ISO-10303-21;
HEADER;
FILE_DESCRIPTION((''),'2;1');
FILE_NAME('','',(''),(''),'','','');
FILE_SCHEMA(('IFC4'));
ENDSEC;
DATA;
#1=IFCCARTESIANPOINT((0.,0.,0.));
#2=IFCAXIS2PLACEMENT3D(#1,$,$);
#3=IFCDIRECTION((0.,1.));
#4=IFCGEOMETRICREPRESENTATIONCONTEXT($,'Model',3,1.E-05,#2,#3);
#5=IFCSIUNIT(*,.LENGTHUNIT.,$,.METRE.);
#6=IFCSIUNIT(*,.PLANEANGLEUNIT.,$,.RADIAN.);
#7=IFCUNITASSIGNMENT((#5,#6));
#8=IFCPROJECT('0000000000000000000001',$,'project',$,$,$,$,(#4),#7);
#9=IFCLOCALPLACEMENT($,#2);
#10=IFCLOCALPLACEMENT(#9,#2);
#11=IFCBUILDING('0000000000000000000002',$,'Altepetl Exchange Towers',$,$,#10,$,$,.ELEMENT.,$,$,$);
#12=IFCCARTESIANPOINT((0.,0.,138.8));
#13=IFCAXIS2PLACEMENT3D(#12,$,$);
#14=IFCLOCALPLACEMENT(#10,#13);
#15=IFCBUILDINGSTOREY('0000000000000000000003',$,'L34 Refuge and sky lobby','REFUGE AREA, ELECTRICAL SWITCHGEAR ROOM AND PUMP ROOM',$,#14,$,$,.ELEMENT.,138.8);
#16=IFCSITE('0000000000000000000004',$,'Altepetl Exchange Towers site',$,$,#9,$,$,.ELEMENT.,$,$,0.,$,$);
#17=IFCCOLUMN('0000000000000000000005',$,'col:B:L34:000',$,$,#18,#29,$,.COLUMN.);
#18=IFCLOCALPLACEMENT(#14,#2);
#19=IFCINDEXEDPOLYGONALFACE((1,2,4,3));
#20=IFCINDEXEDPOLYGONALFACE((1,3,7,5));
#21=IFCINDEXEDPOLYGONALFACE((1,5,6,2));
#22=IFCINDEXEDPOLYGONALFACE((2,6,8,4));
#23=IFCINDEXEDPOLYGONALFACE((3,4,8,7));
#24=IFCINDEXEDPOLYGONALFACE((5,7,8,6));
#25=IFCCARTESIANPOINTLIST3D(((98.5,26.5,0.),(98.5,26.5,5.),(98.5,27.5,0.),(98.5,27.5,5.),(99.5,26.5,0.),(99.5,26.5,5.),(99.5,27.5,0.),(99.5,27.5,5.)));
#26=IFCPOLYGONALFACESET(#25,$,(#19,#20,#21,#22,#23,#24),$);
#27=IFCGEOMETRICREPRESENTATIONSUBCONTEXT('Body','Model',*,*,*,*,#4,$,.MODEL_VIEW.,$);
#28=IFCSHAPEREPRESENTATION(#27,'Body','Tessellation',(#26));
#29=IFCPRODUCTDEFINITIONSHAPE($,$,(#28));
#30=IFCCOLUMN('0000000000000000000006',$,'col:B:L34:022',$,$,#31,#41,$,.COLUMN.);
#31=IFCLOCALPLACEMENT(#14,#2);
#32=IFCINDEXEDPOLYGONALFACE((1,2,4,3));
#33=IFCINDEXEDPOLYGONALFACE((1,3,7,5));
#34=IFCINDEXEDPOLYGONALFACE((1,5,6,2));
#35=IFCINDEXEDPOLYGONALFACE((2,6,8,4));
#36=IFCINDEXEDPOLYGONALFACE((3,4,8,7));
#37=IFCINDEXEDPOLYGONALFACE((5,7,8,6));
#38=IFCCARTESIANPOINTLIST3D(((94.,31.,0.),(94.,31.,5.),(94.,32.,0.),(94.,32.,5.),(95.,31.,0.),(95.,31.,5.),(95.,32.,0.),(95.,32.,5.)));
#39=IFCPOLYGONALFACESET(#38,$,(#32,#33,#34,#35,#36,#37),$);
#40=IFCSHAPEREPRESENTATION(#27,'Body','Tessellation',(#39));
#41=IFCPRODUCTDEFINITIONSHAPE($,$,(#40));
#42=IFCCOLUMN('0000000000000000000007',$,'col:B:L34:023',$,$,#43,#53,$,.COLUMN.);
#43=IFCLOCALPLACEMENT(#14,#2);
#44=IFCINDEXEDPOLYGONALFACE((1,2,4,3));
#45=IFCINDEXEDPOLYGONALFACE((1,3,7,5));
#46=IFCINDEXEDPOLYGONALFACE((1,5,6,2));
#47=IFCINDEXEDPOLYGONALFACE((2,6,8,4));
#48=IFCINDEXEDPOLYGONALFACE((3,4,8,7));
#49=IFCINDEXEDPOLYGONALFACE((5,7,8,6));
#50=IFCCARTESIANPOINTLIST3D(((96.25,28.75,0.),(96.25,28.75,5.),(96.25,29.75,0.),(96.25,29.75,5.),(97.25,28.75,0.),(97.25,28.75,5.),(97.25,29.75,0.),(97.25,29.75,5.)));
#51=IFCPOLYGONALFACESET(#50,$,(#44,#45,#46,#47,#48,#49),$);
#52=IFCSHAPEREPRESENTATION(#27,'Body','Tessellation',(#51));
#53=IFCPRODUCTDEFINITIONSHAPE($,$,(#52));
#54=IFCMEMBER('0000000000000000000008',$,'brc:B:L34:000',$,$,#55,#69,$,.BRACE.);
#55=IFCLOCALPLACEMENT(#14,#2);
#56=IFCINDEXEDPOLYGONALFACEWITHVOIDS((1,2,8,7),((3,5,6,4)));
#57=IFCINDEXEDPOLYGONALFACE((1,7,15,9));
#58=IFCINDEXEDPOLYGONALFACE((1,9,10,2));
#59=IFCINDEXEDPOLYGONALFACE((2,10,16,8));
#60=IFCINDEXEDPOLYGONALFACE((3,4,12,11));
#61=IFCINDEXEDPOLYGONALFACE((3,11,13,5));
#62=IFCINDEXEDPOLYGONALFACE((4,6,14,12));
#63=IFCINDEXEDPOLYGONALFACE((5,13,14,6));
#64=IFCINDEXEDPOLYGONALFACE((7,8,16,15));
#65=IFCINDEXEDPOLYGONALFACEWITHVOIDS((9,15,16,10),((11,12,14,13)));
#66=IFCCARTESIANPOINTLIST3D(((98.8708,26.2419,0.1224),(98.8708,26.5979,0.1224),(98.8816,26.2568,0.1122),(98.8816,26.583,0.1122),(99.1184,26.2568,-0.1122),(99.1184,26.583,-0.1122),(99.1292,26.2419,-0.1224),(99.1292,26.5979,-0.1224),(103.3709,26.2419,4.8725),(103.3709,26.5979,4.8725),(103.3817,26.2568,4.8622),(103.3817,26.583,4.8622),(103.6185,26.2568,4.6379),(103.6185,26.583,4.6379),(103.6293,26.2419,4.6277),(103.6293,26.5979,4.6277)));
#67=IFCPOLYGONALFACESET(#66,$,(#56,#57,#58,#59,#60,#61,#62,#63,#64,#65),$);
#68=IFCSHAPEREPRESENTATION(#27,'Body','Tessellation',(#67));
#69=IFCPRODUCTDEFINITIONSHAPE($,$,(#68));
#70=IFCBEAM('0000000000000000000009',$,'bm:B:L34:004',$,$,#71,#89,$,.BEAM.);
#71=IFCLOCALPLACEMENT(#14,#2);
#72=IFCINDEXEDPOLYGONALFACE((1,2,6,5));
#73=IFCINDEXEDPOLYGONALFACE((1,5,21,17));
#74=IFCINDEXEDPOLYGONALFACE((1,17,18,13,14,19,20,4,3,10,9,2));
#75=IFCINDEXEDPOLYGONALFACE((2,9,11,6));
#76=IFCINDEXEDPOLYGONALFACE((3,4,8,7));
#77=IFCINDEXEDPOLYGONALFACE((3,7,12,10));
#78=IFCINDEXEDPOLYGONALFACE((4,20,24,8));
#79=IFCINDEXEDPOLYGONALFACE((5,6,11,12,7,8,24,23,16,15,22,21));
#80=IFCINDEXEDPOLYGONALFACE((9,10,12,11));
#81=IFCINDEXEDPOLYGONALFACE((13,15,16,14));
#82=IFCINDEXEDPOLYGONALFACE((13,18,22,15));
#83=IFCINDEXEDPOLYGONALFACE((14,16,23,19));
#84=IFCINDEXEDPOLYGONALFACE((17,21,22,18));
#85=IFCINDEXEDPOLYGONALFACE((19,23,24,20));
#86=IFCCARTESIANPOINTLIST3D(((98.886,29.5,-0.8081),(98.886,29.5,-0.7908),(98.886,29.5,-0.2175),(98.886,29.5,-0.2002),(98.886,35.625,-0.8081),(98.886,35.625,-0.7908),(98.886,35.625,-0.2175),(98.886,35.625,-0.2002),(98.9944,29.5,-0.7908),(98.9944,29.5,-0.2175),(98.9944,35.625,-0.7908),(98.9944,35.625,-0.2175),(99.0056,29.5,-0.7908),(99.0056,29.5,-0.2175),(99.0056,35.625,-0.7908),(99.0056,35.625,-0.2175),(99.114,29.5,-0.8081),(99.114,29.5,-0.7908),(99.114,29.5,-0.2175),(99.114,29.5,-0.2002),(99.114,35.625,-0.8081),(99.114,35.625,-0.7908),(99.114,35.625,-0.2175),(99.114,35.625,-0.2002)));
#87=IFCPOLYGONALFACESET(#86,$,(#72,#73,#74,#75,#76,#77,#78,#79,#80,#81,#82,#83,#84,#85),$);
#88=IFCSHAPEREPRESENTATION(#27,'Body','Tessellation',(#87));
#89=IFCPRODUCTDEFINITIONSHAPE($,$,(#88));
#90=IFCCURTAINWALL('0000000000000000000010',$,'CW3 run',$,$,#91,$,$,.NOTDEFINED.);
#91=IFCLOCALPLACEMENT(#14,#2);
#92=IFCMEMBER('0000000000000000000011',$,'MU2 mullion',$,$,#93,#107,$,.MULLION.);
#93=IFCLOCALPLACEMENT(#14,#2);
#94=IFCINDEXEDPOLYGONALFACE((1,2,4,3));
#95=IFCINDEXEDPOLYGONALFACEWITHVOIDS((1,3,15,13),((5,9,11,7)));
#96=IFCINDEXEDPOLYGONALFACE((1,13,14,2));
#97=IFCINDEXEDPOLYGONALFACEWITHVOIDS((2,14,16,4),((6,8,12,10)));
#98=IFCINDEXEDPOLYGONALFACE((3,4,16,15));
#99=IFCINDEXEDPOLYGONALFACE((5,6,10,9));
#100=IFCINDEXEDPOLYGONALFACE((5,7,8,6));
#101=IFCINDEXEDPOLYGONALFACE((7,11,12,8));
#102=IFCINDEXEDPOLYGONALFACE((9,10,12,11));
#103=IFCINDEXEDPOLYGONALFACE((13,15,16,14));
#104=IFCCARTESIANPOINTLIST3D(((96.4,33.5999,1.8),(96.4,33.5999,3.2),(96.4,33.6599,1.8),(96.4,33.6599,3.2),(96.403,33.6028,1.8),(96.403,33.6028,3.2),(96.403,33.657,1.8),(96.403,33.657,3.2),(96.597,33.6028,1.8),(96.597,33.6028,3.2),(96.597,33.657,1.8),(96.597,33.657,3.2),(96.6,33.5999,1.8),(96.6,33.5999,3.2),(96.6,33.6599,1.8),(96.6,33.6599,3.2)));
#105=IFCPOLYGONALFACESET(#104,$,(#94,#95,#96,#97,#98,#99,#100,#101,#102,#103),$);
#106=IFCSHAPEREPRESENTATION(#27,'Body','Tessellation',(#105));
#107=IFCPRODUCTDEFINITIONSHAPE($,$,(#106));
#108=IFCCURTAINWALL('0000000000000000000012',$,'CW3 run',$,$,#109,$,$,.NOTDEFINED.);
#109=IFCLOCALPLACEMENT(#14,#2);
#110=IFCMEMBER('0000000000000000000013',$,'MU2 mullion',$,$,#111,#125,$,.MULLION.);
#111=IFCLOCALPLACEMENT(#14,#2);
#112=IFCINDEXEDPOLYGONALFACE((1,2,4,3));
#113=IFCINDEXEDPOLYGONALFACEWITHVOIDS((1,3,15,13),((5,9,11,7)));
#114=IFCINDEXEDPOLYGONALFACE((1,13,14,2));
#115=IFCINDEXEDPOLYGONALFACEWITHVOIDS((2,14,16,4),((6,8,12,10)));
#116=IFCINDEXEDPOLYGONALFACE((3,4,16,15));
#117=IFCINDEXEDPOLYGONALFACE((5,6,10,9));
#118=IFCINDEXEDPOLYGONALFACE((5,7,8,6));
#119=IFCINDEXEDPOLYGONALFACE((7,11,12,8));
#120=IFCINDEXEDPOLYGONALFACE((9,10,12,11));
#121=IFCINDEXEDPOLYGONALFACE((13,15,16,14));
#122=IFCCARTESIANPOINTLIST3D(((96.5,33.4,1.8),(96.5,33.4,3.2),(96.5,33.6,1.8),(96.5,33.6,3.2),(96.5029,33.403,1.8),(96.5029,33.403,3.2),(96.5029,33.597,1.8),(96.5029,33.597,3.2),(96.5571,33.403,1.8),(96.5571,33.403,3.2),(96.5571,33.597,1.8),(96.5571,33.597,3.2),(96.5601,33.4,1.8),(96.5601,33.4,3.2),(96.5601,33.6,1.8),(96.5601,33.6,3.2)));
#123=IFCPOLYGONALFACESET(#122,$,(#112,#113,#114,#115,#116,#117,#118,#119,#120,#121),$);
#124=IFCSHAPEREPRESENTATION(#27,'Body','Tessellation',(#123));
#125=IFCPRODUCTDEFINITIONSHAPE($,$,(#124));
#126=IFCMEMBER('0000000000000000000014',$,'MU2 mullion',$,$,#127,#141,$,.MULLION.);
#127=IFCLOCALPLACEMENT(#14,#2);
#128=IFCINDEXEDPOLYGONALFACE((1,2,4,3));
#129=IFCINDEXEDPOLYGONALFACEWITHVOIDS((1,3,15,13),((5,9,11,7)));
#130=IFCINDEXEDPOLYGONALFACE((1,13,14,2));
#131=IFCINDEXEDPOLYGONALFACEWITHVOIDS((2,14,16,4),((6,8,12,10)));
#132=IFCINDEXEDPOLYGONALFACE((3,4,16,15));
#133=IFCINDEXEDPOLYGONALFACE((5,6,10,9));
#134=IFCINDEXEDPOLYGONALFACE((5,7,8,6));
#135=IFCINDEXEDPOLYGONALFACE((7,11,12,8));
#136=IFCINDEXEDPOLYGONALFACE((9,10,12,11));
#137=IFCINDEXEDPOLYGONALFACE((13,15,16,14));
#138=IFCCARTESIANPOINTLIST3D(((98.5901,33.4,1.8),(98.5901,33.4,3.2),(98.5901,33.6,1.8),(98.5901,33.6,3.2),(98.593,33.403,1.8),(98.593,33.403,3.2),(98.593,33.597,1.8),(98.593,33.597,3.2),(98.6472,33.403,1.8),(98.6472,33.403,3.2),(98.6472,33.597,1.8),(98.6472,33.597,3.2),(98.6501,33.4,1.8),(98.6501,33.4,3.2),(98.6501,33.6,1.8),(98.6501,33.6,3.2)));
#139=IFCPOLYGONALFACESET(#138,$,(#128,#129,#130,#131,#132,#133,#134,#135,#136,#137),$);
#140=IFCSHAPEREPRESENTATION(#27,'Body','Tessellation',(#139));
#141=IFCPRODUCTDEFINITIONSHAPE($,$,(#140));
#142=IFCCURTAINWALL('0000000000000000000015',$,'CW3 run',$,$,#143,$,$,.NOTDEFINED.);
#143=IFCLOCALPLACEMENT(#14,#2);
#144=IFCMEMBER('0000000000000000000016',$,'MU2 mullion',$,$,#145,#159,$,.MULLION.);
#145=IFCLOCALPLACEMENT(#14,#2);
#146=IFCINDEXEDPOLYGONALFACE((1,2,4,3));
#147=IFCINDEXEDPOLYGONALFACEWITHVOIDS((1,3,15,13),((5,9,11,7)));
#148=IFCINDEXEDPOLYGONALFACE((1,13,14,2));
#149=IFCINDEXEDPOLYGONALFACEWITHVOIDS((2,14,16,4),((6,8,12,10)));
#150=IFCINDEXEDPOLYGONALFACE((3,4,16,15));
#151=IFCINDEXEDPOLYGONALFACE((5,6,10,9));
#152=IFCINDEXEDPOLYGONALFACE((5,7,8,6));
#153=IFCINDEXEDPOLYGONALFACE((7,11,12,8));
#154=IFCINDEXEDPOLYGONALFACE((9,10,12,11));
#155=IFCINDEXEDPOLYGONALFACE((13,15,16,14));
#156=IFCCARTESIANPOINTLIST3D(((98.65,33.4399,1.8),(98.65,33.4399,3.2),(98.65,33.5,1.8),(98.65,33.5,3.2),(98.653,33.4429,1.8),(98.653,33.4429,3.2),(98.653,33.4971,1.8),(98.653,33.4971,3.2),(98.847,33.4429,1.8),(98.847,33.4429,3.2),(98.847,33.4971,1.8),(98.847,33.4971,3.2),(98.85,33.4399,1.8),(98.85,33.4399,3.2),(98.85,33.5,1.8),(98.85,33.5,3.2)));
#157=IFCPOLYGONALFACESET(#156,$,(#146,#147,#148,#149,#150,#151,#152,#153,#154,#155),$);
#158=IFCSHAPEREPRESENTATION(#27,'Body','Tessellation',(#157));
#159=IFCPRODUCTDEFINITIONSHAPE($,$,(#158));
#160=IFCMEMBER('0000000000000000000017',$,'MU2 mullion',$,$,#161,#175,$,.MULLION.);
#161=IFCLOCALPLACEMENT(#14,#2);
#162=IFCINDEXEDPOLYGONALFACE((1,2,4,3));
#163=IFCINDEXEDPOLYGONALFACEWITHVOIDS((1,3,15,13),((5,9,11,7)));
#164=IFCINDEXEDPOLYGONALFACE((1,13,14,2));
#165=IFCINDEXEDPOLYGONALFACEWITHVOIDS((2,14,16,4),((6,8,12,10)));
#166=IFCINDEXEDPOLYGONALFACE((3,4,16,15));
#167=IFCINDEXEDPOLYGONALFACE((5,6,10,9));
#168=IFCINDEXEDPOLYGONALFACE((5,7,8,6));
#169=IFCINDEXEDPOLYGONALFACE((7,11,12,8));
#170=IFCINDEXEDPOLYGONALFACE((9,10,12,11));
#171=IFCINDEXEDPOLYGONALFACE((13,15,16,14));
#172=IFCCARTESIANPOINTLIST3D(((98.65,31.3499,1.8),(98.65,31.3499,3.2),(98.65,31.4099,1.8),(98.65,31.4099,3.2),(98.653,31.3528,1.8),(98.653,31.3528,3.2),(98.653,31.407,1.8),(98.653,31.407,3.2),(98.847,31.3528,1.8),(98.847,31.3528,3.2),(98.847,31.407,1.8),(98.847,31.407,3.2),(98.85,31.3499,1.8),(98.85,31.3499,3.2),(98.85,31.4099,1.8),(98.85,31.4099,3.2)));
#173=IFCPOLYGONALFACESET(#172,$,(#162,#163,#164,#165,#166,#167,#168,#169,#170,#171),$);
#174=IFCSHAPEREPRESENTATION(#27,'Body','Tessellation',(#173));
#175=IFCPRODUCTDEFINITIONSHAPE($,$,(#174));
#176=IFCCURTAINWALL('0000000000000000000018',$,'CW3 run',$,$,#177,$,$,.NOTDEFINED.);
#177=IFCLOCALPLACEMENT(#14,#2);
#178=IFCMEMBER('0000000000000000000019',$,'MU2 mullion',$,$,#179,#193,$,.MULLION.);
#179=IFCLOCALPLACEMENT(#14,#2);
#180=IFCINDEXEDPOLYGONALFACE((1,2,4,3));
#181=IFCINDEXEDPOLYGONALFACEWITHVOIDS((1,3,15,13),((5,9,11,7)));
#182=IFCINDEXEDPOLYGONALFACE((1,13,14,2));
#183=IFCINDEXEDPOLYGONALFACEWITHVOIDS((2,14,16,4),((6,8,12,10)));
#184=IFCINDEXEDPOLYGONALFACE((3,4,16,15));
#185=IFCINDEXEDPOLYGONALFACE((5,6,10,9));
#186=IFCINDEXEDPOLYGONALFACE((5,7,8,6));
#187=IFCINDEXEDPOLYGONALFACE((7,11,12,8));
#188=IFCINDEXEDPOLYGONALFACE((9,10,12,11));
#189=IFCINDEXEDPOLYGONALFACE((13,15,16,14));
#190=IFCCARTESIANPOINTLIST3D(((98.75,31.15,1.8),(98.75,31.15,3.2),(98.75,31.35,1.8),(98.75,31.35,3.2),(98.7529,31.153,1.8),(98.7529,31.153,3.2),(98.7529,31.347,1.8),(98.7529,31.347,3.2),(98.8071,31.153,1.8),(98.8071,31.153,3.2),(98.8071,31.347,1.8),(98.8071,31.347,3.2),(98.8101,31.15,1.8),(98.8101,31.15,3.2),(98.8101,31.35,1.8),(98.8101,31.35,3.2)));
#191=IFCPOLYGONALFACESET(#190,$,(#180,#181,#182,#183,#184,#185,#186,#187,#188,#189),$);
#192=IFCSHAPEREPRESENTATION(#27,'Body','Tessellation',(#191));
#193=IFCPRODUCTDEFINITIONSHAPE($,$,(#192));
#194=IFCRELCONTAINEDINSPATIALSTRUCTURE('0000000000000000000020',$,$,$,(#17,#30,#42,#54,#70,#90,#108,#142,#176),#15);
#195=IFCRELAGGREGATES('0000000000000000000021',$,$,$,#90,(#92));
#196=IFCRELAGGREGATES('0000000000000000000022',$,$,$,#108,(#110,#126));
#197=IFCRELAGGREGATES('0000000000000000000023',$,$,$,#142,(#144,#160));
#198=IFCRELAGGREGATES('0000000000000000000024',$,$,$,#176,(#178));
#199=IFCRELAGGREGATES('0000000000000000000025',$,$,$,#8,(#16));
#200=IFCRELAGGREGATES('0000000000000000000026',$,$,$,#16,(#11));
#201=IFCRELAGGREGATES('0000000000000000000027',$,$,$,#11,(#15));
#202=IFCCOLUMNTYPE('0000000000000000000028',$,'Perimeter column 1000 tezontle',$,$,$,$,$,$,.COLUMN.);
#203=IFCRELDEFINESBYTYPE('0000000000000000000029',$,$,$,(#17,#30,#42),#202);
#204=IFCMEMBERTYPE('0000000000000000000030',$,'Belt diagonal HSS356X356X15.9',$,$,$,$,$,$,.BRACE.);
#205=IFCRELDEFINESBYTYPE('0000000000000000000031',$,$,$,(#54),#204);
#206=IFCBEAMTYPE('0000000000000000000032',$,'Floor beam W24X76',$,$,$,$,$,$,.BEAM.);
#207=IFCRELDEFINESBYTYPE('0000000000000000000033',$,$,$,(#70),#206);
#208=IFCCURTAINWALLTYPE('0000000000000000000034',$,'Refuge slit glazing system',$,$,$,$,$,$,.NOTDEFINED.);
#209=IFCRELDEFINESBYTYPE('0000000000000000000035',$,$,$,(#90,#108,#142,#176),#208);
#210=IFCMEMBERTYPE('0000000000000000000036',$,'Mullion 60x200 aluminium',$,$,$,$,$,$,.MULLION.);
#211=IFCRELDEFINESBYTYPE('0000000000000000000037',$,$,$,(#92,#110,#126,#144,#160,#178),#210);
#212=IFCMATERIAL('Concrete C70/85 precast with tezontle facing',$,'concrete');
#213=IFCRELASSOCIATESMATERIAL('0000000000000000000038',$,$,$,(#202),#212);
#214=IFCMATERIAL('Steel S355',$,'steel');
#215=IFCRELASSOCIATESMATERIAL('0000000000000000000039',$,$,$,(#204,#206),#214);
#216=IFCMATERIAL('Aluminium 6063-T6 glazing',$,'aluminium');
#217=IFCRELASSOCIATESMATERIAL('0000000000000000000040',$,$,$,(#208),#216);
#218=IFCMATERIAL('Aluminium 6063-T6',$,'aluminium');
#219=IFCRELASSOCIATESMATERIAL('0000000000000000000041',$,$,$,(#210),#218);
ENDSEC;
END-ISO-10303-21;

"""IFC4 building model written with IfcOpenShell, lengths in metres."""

from ifc_helpers import new_model, si_unit, direction, frame, origin, origin_2d, place, context, subcontext, project, spatial, rectangle, hollow_rectangle, i_section, extrude, material, material_profile, profile_set, type_object, element, aggregate, save


model = new_model("IFC4")

# Units and contexts
model_context = context("Model", 3, precision=1e-05, world=origin(), true_north=direction((0.0, 1.0)))
body_context = subcontext(model_context, "Body", "Model", "MODEL_VIEW")
ifc_project = project(units=[si_unit("LENGTHUNIT", "METRE"), si_unit("PLANEANGLEUNIT", "RADIAN")], contexts=[model_context])

# Site, building, storey
site_placement = place(None, origin())
site = spatial("IfcSite", under=ifc_project, at=site_placement, Name="Altepetl Exchange Towers site", CompositionType="ELEMENT", RefElevation=0.0)
building_placement = place(site_placement, origin())
building = spatial("IfcBuilding", under=site, at=building_placement, Name="Altepetl Exchange Towers", CompositionType="ELEMENT")
storey_placement = place(building_placement, frame((0.0, 0.0, 138.8)))
storey = spatial("IfcBuildingStorey", under=building, at=storey_placement, Name="L34 Refuge and sky lobby", Description="REFUGE AREA, ELECTRICAL SWITCHGEAR ROOM AND PUMP ROOM", CompositionType="ELEMENT", Elevation=138.8)

# Columns
ifc_material_1 = material(Name="Concrete C70/85 precast with tezontle facing", Category="concrete")
ifc_material_profile_1 = material_profile(ifc_material_1, rectangle(XDim=1.0, YDim=1.0, at=origin_2d()), Name="1000 x 1000")
ifc_profile_set_1 = profile_set([ifc_material_profile_1], Name="Concrete C70/85 precast with tezontle facing")
column_type = type_object("IfcColumnType", Name="Perimeter column 1000 tezontle", PredefinedType="COLUMN", material=ifc_profile_set_1)
for number, where, name in (
    (1, (99.0, 27.0, 0.0), "col:B:L34:000"),
    (2, (94.5, 31.5, 0.0), "col:B:L34:022"),
    (3, (96.75, 29.25, 0.0), "col:B:L34:023"),
):
    element("IfcColumn", number, at=place(storey_placement, frame(where)), inside=storey, type_object=column_type, Name=name, PredefinedType="COLUMN", context=body_context, shape_type="SweptSolid", body=[
        extrude(rectangle(XDim=1.0, YDim=1.0, at=origin_2d()), origin(), (0.0, 0.0, 1.0), 5.0),
    ])

# Member
ifc_material_2 = material(Name="Steel S355", Category="steel")
ifc_material_profile_2 = material_profile(ifc_material_2, hollow_rectangle(XDim=0.356, YDim=0.356, WallThickness=0.0149, at=origin_2d()), Name="HSS356X356X15.9")
ifc_profile_set_2 = profile_set([ifc_material_profile_2], Name="Steel S355")
member_type_1 = type_object("IfcMemberType", Name="Belt diagonal HSS356X356X15.9", PredefinedType="BRACE", material=ifc_profile_set_2)
member_1_placement = place(storey_placement, frame((99.0, 26.4199, 0.0), z_axis=(0.687745, 0.0, 0.725953), x_axis=(0.0, 1.0, 0.0)))
element("IfcMember", 4, at=member_1_placement, inside=storey, type_object=member_type_1, Name="brc:B:L34:000", PredefinedType="BRACE", context=body_context, shape_type="SweptSolid", body=[
    extrude(hollow_rectangle(XDim=0.356, YDim=0.356, WallThickness=0.0149, at=origin_2d()), origin(), (0.0, 0.0, 1.0), 6.5432),
])

# Beam
ifc_material_profile_3 = material_profile(ifc_material_2, i_section(OverallWidth=0.228, OverallDepth=0.6079, WebThickness=0.0112, FlangeThickness=0.0173, at=origin_2d()), Name="W24X76")
ifc_profile_set_3 = profile_set([ifc_material_profile_3], Name="Steel S355")
beam_type_1 = type_object("IfcBeamType", Name="Floor beam W24X76", PredefinedType="BEAM", material=ifc_profile_set_3)
beam_1_placement = place(storey_placement, frame((99.0, 29.5, -0.5042), z_axis=(0.0, 1.0, 0.0), x_axis=(-1.0, 0.0, 0.0)))
element("IfcBeam", 5, at=beam_1_placement, inside=storey, type_object=beam_type_1, Name="bm:B:L34:004", PredefinedType="BEAM", context=body_context, shape_type="SweptSolid", body=[
    extrude(i_section(OverallWidth=0.228, OverallDepth=0.6079, WebThickness=0.0112, FlangeThickness=0.0173, at=origin_2d()), origin(), (0.0, 0.0, 1.0), 6.125),
])

# Curtain wall, member
ifc_material_3 = material(Name="Aluminium 6063-T6 glazing", Category="aluminium")
curtain_wall_type = type_object("IfcCurtainWallType", Name="Refuge slit glazing system", PredefinedType="NOTDEFINED", material=ifc_material_3)
curtain_wall_1_placement = place(storey_placement, origin())
curtain_wall_1 = element("IfcCurtainWall", 6, at=curtain_wall_1_placement, inside=storey, type_object=curtain_wall_type, Name="CW3 run", PredefinedType="NOTDEFINED")
ifc_material_4 = material(Name="Aluminium 6063-T6", Category="aluminium")
ifc_material_profile_4 = material_profile(ifc_material_4, hollow_rectangle(XDim=0.0601, YDim=0.2, WallThickness=0.0029, at=origin_2d()), Name="Mullion 60x200 aluminium")
ifc_profile_set_4 = profile_set([ifc_material_profile_4], Name="Aluminium 6063-T6")
member_type_2 = type_object("IfcMemberType", Name="Mullion 60x200 aluminium", PredefinedType="MULLION", material=ifc_profile_set_4)
member_2_placement = place(storey_placement, frame((96.5, 33.6299, 1.8), z_axis=(0.0, 0.0, 1.0), x_axis=(0.0, -1.0, 0.0)))
member_2 = element("IfcMember", 7, at=member_2_placement, type_object=member_type_2, Name="MU2 mullion", PredefinedType="MULLION", context=body_context, shape_type="SweptSolid", body=[
    extrude(hollow_rectangle(XDim=0.0601, YDim=0.2, WallThickness=0.0029, at=origin_2d()), origin(), (0.0, 0.0, 1.0), 1.3999),
])
aggregate(curtain_wall_1, [member_2])

# Curtain walls, members
curtain_wall_2_placement = place(storey_placement, origin())
curtain_wall_2 = element("IfcCurtainWall", 8, at=curtain_wall_2_placement, inside=storey, type_object=curtain_wall_type, Name="CW3 run", PredefinedType="NOTDEFINED")
member_3_placement = place(storey_placement, frame((96.53, 33.5, 1.8)))
member_3 = element("IfcMember", 9, at=member_3_placement, type_object=member_type_2, Name="MU2 mullion", PredefinedType="MULLION", context=body_context, shape_type="SweptSolid", body=[
    extrude(hollow_rectangle(XDim=0.0601, YDim=0.2, WallThickness=0.0029, at=origin_2d()), origin(), (0.0, 0.0, 1.0), 1.3999),
])
member_4_placement = place(storey_placement, frame((98.6201, 33.5, 1.8)))
member_4 = element("IfcMember", 10, at=member_4_placement, type_object=member_type_2, Name="MU2 mullion", PredefinedType="MULLION", context=body_context, shape_type="SweptSolid", body=[
    extrude(hollow_rectangle(XDim=0.0601, YDim=0.2, WallThickness=0.0029, at=origin_2d()), origin(), (0.0, 0.0, 1.0), 1.3999),
])
curtain_wall_3_placement = place(storey_placement, origin())
curtain_wall_3 = element("IfcCurtainWall", 11, at=curtain_wall_3_placement, inside=storey, type_object=curtain_wall_type, Name="CW3 run", PredefinedType="NOTDEFINED")
member_5_placement = place(storey_placement, frame((98.75, 33.47, 1.8), z_axis=(0.0, 0.0, 1.0), x_axis=(0.0, -1.0, 0.0)))
member_5 = element("IfcMember", 12, at=member_5_placement, type_object=member_type_2, Name="MU2 mullion", PredefinedType="MULLION", context=body_context, shape_type="SweptSolid", body=[
    extrude(hollow_rectangle(XDim=0.0601, YDim=0.2, WallThickness=0.0029, at=origin_2d()), origin(), (0.0, 0.0, 1.0), 1.3999),
])
member_6_placement = place(storey_placement, frame((98.75, 31.3799, 1.8), z_axis=(0.0, 0.0, 1.0), x_axis=(0.0, -1.0, 0.0)))
member_6 = element("IfcMember", 13, at=member_6_placement, type_object=member_type_2, Name="MU2 mullion", PredefinedType="MULLION", context=body_context, shape_type="SweptSolid", body=[
    extrude(hollow_rectangle(XDim=0.0601, YDim=0.2, WallThickness=0.0029, at=origin_2d()), origin(), (0.0, 0.0, 1.0), 1.3999),
])

# Curtain wall, member
curtain_wall_4_placement = place(storey_placement, origin())
curtain_wall_4 = element("IfcCurtainWall", 14, at=curtain_wall_4_placement, inside=storey, type_object=curtain_wall_type, Name="CW3 run", PredefinedType="NOTDEFINED")
member_7_placement = place(storey_placement, frame((98.78, 31.25, 1.8)))
member_7 = element("IfcMember", 15, at=member_7_placement, type_object=member_type_2, Name="MU2 mullion", PredefinedType="MULLION", context=body_context, shape_type="SweptSolid", body=[
    extrude(hollow_rectangle(XDim=0.0601, YDim=0.2, WallThickness=0.0029, at=origin_2d()), origin(), (0.0, 0.0, 1.0), 1.3999),
])

aggregate(curtain_wall_2, [member_3, member_4])
aggregate(curtain_wall_3, [member_5, member_6])
aggregate(curtain_wall_4, [member_7])

save(model, "model.ifc")
